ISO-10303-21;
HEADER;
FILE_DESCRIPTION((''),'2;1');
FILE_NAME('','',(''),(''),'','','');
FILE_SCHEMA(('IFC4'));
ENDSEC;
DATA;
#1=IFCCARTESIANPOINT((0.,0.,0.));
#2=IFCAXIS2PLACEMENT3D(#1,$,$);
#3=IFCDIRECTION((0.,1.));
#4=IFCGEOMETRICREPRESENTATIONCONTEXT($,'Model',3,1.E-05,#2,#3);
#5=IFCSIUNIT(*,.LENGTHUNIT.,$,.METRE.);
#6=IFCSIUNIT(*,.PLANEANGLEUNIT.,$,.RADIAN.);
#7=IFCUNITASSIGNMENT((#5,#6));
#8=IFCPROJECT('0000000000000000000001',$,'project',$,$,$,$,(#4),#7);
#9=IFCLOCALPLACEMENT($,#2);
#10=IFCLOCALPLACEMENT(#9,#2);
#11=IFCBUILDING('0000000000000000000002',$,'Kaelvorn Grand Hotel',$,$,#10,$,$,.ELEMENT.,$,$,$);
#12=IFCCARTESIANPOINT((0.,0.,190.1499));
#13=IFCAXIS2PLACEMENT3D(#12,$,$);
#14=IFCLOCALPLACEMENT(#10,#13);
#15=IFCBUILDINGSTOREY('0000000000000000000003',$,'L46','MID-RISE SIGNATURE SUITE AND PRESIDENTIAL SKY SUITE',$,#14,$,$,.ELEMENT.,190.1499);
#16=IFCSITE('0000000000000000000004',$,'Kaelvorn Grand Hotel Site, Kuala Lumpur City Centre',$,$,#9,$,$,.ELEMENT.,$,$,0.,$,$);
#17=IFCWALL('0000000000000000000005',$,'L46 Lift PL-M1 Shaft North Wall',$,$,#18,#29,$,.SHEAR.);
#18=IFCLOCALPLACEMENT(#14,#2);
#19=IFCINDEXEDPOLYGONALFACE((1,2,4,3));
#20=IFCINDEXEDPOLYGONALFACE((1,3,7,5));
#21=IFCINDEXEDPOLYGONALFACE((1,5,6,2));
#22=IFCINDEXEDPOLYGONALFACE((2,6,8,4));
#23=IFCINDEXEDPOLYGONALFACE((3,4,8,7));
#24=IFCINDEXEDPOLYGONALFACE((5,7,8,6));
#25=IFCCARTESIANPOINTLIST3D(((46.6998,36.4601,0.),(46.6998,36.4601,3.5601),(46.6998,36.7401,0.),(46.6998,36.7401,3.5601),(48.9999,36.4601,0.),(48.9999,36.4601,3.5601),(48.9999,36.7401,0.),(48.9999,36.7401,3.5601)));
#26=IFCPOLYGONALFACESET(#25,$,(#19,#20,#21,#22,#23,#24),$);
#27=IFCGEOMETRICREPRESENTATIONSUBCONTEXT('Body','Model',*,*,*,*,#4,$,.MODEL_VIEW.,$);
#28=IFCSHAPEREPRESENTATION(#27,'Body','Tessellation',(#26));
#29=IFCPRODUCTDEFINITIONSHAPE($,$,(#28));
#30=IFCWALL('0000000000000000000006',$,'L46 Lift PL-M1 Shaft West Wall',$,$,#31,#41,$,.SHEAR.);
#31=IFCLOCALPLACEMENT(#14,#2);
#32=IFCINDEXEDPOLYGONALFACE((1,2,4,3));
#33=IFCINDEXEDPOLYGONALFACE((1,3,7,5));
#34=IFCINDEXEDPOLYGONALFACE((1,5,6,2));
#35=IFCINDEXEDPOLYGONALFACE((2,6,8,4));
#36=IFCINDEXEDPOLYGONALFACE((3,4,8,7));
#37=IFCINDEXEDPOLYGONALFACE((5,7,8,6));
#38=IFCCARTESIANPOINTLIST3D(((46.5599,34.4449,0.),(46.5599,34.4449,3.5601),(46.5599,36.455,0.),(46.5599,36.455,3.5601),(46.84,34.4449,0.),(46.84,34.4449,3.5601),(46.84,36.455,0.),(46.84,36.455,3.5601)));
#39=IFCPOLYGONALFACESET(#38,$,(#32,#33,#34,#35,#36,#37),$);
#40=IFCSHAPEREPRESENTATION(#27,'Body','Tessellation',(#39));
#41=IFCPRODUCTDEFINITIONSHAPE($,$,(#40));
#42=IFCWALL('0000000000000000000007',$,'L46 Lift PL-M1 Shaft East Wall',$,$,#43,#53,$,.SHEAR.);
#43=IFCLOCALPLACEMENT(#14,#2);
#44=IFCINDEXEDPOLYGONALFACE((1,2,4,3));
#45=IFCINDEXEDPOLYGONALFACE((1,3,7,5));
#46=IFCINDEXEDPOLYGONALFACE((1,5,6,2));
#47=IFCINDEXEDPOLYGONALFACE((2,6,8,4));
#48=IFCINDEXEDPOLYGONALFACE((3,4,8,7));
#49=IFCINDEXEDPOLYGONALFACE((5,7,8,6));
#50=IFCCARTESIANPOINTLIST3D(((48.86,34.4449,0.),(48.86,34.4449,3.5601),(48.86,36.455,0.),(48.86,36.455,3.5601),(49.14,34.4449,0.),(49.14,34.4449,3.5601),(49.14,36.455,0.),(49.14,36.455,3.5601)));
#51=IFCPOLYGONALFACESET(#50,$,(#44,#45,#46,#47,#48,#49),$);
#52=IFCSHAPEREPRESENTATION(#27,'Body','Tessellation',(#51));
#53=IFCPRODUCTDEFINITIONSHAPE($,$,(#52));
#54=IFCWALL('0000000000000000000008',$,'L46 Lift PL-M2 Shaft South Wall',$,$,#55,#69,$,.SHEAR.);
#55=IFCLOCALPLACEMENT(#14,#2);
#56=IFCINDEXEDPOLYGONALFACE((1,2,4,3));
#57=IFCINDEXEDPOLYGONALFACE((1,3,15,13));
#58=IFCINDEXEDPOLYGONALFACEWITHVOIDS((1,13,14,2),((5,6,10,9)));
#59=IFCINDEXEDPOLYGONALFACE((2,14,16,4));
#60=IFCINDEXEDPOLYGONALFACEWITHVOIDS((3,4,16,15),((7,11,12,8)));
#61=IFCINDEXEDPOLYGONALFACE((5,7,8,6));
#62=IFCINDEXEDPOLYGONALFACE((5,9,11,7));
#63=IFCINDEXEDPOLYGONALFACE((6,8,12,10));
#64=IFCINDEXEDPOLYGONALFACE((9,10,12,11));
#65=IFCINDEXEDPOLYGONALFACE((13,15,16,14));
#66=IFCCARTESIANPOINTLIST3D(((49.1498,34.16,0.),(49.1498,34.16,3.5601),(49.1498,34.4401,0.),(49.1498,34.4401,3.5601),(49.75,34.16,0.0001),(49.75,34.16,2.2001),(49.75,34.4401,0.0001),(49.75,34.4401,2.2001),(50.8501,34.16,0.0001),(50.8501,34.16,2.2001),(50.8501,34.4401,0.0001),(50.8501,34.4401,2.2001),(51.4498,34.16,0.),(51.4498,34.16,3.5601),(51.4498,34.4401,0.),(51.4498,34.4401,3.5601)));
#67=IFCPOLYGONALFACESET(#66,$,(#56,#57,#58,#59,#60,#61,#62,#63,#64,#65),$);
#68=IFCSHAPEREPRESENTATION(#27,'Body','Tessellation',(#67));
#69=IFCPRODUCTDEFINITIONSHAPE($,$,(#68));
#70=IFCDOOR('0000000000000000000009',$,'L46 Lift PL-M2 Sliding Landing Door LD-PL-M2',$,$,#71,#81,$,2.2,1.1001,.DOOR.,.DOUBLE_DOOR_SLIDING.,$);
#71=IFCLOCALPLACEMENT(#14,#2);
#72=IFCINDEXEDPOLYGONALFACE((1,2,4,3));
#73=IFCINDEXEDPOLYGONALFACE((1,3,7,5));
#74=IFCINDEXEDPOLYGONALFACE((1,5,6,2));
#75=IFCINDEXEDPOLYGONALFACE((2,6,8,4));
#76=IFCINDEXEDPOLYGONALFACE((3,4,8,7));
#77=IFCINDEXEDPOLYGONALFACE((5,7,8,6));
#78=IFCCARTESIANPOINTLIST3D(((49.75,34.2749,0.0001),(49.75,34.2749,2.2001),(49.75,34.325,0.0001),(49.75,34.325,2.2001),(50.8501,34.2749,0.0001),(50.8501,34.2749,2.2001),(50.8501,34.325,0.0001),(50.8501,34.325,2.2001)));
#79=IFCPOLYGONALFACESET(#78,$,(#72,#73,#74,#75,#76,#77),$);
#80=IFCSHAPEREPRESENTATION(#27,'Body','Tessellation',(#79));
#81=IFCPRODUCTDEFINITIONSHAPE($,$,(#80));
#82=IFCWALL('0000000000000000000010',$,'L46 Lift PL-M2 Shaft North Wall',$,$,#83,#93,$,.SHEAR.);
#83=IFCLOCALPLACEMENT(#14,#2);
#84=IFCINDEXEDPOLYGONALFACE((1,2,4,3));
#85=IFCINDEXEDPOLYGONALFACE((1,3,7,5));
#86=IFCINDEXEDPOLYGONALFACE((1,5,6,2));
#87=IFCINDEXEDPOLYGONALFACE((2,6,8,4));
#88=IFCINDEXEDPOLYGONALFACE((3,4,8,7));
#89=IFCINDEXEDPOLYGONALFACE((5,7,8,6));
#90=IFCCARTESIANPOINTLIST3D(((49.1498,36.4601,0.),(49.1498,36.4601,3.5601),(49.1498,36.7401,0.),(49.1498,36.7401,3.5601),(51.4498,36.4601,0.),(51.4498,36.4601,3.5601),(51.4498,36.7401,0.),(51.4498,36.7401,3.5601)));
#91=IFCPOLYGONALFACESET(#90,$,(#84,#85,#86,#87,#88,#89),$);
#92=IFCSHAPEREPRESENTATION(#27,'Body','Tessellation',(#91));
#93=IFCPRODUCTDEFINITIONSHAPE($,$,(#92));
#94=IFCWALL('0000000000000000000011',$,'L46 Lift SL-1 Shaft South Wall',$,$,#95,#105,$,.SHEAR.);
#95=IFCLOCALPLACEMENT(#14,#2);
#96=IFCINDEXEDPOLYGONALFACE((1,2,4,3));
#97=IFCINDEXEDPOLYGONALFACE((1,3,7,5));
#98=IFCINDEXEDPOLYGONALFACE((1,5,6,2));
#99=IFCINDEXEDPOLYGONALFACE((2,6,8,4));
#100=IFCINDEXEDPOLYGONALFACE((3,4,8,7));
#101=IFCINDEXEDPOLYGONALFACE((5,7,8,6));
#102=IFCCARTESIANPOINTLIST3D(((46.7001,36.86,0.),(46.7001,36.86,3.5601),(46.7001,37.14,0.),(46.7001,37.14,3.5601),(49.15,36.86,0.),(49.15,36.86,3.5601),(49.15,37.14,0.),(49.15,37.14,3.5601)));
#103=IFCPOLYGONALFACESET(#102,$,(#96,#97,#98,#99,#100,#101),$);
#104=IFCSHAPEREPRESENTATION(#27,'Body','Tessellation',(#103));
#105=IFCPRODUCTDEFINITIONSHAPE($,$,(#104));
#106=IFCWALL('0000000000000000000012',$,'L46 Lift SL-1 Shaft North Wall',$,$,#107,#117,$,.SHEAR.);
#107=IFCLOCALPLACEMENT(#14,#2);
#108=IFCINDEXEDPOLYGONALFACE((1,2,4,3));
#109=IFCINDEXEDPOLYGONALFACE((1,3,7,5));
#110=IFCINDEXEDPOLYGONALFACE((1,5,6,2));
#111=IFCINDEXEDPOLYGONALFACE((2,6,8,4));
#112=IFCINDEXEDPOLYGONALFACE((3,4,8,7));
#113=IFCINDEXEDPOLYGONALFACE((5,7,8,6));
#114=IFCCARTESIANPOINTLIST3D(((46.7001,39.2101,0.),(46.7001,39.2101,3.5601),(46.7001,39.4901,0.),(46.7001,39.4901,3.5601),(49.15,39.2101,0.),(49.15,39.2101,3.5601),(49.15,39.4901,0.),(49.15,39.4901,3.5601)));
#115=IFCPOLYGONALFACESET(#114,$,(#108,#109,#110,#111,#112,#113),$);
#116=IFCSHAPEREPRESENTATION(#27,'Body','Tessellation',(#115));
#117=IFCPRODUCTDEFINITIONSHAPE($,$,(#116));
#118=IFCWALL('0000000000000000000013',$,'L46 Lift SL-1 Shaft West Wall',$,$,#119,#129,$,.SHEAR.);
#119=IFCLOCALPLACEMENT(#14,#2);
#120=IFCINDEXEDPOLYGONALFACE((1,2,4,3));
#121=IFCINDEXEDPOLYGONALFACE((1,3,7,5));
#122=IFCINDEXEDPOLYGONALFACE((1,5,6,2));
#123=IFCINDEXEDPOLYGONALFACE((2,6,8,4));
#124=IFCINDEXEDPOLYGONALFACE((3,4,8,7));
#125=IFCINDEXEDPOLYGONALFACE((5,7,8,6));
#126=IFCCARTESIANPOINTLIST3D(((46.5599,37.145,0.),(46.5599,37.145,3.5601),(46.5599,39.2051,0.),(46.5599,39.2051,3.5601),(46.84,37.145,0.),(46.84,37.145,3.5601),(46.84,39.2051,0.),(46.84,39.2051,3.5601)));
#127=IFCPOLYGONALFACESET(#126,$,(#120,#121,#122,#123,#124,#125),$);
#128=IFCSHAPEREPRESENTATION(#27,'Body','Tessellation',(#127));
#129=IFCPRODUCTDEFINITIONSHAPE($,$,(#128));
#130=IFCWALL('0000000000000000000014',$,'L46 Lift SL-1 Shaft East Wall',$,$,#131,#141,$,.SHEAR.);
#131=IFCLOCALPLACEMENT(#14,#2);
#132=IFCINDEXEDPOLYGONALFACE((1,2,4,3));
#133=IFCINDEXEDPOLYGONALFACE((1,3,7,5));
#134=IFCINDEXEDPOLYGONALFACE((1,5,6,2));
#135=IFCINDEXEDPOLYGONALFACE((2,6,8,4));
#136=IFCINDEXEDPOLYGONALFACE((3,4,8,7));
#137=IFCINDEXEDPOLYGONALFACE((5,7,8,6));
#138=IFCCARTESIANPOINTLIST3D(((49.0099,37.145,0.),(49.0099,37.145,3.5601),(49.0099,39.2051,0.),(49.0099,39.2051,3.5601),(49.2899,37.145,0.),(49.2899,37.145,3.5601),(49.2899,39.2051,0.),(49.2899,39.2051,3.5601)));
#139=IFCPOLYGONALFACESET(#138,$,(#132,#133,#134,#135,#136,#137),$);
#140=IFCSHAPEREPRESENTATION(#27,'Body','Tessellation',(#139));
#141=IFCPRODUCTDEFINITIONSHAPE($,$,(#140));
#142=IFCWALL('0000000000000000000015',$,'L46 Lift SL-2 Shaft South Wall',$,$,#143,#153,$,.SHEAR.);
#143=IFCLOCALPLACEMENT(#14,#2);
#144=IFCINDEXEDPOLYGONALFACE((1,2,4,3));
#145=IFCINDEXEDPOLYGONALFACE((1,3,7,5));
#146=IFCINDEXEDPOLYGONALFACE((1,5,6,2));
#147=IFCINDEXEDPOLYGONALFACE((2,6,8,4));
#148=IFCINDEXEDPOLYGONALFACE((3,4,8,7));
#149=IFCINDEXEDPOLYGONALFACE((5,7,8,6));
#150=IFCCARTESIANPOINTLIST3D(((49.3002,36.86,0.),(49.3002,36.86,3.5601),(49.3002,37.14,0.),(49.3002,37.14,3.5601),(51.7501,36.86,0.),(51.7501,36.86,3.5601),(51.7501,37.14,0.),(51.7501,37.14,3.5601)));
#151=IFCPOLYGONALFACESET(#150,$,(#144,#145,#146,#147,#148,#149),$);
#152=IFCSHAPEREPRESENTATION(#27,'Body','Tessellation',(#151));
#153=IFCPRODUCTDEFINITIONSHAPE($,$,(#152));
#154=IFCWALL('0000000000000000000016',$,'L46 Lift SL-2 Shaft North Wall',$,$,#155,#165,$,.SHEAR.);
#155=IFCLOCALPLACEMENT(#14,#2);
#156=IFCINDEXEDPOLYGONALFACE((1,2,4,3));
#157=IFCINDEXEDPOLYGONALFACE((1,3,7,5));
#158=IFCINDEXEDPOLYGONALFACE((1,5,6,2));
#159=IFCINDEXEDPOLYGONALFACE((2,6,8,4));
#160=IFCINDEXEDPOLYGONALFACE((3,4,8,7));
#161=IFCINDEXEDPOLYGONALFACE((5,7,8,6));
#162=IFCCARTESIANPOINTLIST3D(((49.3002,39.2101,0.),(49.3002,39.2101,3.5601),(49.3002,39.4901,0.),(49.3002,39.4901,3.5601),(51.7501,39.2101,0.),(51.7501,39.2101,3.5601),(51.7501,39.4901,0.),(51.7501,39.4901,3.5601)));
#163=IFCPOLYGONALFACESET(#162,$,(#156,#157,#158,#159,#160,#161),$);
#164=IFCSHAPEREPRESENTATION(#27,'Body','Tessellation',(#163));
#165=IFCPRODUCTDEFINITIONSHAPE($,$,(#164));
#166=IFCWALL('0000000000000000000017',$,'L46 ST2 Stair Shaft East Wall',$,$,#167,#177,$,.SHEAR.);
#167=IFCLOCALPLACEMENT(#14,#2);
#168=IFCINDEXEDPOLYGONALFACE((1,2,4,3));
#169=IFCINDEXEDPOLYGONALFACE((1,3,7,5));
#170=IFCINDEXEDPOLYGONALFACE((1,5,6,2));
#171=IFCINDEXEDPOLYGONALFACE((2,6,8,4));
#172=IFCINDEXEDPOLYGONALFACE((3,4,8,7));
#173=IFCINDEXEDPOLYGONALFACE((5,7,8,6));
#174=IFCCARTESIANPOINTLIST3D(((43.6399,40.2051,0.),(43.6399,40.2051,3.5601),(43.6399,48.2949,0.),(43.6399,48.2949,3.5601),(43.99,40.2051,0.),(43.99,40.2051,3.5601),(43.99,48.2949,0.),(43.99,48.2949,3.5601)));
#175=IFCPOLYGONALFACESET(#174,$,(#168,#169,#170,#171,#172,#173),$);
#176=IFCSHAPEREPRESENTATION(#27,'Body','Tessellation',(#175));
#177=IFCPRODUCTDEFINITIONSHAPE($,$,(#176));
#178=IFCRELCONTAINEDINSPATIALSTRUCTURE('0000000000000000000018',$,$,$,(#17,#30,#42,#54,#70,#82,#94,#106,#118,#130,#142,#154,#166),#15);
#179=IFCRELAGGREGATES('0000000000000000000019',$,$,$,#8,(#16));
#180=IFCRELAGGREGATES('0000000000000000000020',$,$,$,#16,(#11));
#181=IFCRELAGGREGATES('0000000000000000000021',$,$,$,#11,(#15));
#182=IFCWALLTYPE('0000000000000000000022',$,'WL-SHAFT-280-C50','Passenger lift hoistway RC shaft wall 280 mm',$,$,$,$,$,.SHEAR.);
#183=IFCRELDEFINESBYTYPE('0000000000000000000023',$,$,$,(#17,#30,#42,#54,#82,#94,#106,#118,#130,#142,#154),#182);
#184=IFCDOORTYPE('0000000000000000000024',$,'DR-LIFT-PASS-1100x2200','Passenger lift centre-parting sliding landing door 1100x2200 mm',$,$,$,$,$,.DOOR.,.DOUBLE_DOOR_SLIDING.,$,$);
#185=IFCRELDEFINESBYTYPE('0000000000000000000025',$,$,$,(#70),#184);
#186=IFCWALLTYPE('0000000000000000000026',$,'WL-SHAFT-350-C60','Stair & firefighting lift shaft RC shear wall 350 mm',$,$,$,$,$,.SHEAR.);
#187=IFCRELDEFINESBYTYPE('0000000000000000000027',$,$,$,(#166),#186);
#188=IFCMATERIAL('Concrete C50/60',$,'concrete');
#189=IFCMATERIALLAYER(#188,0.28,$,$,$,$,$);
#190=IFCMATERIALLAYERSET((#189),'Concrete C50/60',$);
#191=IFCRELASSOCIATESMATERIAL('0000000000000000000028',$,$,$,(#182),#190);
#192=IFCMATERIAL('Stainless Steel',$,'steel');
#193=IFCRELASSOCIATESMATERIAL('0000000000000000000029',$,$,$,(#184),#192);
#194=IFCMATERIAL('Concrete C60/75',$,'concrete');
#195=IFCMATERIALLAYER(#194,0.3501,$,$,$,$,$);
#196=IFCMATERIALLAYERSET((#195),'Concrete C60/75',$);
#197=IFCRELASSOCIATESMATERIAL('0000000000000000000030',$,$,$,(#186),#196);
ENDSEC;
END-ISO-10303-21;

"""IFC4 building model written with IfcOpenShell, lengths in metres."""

from ifc_helpers import new_model, si_unit, direction, frame, frame_2d, origin, place, context, subcontext, project, spatial, rectangle, extrude, material, layer, layer_set, type_object, element, fill, save


model = new_model("IFC4")

# Units and contexts
model_context = context("Model", 3, precision=1e-05, world=origin(), true_north=direction((0.0, 1.0)))
body_context = subcontext(model_context, "Body", "Model", "MODEL_VIEW")
ifc_project = project(units=[si_unit("LENGTHUNIT", "METRE"), si_unit("PLANEANGLEUNIT", "RADIAN")], contexts=[model_context])

# Site, building, storey
site_placement = place(None, origin())
site = spatial("IfcSite", under=ifc_project, at=site_placement, Name="Kaelvorn Grand Hotel Site, Kuala Lumpur City Centre", CompositionType="ELEMENT", RefElevation=0.0)
building_placement = place(site_placement, origin())
building = spatial("IfcBuilding", under=site, at=building_placement, Name="Kaelvorn Grand Hotel", CompositionType="ELEMENT")
storey_placement = place(building_placement, frame((0.0, 0.0, 190.1499)))
storey = spatial("IfcBuildingStorey", under=building, at=storey_placement, Name="L46", Description="MID-RISE SIGNATURE SUITE AND PRESIDENTIAL SKY SUITE", CompositionType="ELEMENT", Elevation=190.1499)

# Shared definitions
ifc_material_1 = material(Name="Concrete C60/75", Category="concrete")

# Shared definitions
ifc_material_2 = material(Name="Concrete C50/60", Category="concrete")

# Shared definitions
ifc_layer_1 = layer(ifc_material_2, 0.28)
ifc_layer_set_1 = layer_set([ifc_layer_1], Name="Concrete C50/60")
wall_type_1 = type_object("IfcWallType", Name="WL-SHAFT-280-C50", Description="Passenger lift hoistway RC shaft wall 280 mm", PredefinedType="SHEAR", material=ifc_layer_set_1)
ifc_material_3 = material(Name="Stainless Steel", Category="steel")
door_type_1 = type_object("IfcDoorType", Name="DR-LIFT-PASS-1100x2200", Description="Passenger lift centre-parting sliding landing door 1100x2200 mm", OperationType="DOUBLE_DOOR_SLIDING", PredefinedType="DOOR", material=ifc_material_3)

# Walls
wall_1_placement = place(storey_placement, frame((46.7, 36.6001, 0.0), z_axis=(0.0, 0.0, 1.0), x_axis=(1.0, 0.0, 0.0)))
element("IfcWall", 1, at=wall_1_placement, inside=storey, type_object=wall_type_1, Name="L46 Lift PL-M1 Shaft North Wall", PredefinedType="SHEAR", context=body_context, shape_type="SweptSolid", body=[
    extrude(rectangle(XDim=2.3, YDim=0.28, at=frame_2d((1.1499, 0.0))), origin(), (0.0, 0.0, 1.0), 3.5601),
])
for number, where, z_axis, x_axis, name in (
    (2, (46.7, 34.4451, 0.0), (0.0, 0.0, 1.0), (0.0, 1.0, 0.0), "L46 Lift PL-M1 Shaft West Wall"),
    (3, (49.0, 34.4451, 0.0), (0.0, 0.0, 1.0), (0.0, 1.0, 0.0), "L46 Lift PL-M1 Shaft East Wall"),
):
    element("IfcWall", number, at=place(storey_placement, frame(where, z_axis=z_axis, x_axis=x_axis)), inside=storey, type_object=wall_type_1, Name=name, PredefinedType="SHEAR", context=body_context, shape_type="SweptSolid", body=[
        extrude(rectangle(XDim=2.01, YDim=0.28, at=frame_2d((1.0049, 0.0))), origin(), (0.0, 0.0, 1.0), 3.5601),
    ])

# Wall, opening, door
wall_2_placement = place(storey_placement, frame((49.1499, 34.3, 0.0), z_axis=(0.0, 0.0, 1.0), x_axis=(1.0, 0.0, 0.0)))
wall_2 = element("IfcWall", 4, at=wall_2_placement, inside=storey, type_object=wall_type_1, Name="L46 Lift PL-M2 Shaft South Wall", PredefinedType="SHEAR", context=body_context, shape_type="SweptSolid", body=[
    extrude(rectangle(XDim=2.3, YDim=0.28, at=frame_2d((1.1499, 0.0))), origin(), (0.0, 0.0, 1.0), 3.5601),
])
opening_1_placement = place(wall_2_placement, frame((0.6001, 0.0, 0.0)))
opening_1 = element("IfcOpeningElement", 5, at=opening_1_placement, cuts=wall_2, PredefinedType="OPENING", context=body_context, shape_type="SweptSolid", body=[
    extrude(rectangle(XDim=1.1001, YDim=2.2, at=frame_2d((0.55, 1.1001))), frame((0.0, 0.1499, 0.0), z_axis=(0.0, -1.0, 0.0), x_axis=(1.0, 0.0, 0.0)), (0.0, 0.0, 1.0), 0.3),
])
door_1_placement = place(opening_1_placement, origin())
door_1 = element("IfcDoor", 6, at=door_1_placement, inside=storey, type_object=door_type_1, Name="L46 Lift PL-M2 Sliding Landing Door LD-PL-M2", OperationType="DOUBLE_DOOR_SLIDING", OverallHeight=2.2, OverallWidth=1.1001, PredefinedType="DOOR", context=body_context, shape_type="SweptSolid", body=[
    extrude(rectangle(XDim=1.1001, YDim=2.2, at=frame_2d((0.55, 1.1001))), frame((0.0, 0.0249, 0.0), z_axis=(0.0, -1.0, 0.0), x_axis=(1.0, 0.0, 0.0)), (0.0, 0.0, 1.0), 0.05),
])
fill(opening_1, door_1)

# Walls
wall_3_placement = place(storey_placement, frame((49.1499, 36.6001, 0.0), z_axis=(0.0, 0.0, 1.0), x_axis=(1.0, 0.0, 0.0)))
element("IfcWall", 7, at=wall_3_placement, inside=storey, type_object=wall_type_1, Name="L46 Lift PL-M2 Shaft North Wall", PredefinedType="SHEAR", context=body_context, shape_type="SweptSolid", body=[
    extrude(rectangle(XDim=2.3, YDim=0.28, at=frame_2d((1.1499, 0.0))), origin(), (0.0, 0.0, 1.0), 3.5601),
])
for number, where, z_axis, x_axis, name in (
    (8, (46.7, 37.0, 0.0), (0.0, 0.0, 1.0), (1.0, 0.0, 0.0), "L46 Lift SL-1 Shaft South Wall"),
    (9, (46.7, 39.3501, 0.0), (0.0, 0.0, 1.0), (1.0, 0.0, 0.0), "L46 Lift SL-1 Shaft North Wall"),
):
    element("IfcWall", number, at=place(storey_placement, frame(where, z_axis=z_axis, x_axis=x_axis)), inside=storey, type_object=wall_type_1, Name=name, PredefinedType="SHEAR", context=body_context, shape_type="SweptSolid", body=[
        extrude(rectangle(XDim=2.45, YDim=0.28, at=frame_2d((1.2251, 0.0))), origin(), (0.0, 0.0, 1.0), 3.5601),
    ])
for number, where, z_axis, x_axis, name in (
    (10, (46.7, 37.145, 0.0), (0.0, 0.0, 1.0), (0.0, 1.0, 0.0), "L46 Lift SL-1 Shaft West Wall"),
    (11, (49.1499, 37.145, 0.0), (0.0, 0.0, 1.0), (0.0, 1.0, 0.0), "L46 Lift SL-1 Shaft East Wall"),
):
    element("IfcWall", number, at=place(storey_placement, frame(where, z_axis=z_axis, x_axis=x_axis)), inside=storey, type_object=wall_type_1, Name=name, PredefinedType="SHEAR", context=body_context, shape_type="SweptSolid", body=[
        extrude(rectangle(XDim=2.0601, YDim=0.28, at=frame_2d((1.03, 0.0))), origin(), (0.0, 0.0, 1.0), 3.5601),
    ])
for number, where, z_axis, x_axis, name in (
    (12, (49.3, 37.0, 0.0), (0.0, 0.0, 1.0), (1.0, 0.0, 0.0), "L46 Lift SL-2 Shaft South Wall"),
    (13, (49.3, 39.3501, 0.0), (0.0, 0.0, 1.0), (1.0, 0.0, 0.0), "L46 Lift SL-2 Shaft North Wall"),
):
    element("IfcWall", number, at=place(storey_placement, frame(where, z_axis=z_axis, x_axis=x_axis)), inside=storey, type_object=wall_type_1, Name=name, PredefinedType="SHEAR", context=body_context, shape_type="SweptSolid", body=[
        extrude(rectangle(XDim=2.45, YDim=0.28, at=frame_2d((1.2251, 0.0))), origin(), (0.0, 0.0, 1.0), 3.5601),
    ])
ifc_layer_2 = layer(ifc_material_1, 0.3501)
ifc_layer_set_2 = layer_set([ifc_layer_2], Name="Concrete C60/75")
wall_type_2 = type_object("IfcWallType", Name="WL-SHAFT-350-C60", Description="Stair & firefighting lift shaft RC shear wall 350 mm", PredefinedType="SHEAR", material=ifc_layer_set_2)
wall_4_placement = place(storey_placement, frame((43.8149, 40.2051, 0.0), z_axis=(0.0, 0.0, 1.0), x_axis=(0.0, 1.0, 0.0)))
element("IfcWall", 14, at=wall_4_placement, inside=storey, type_object=wall_type_2, Name="L46 ST2 Stair Shaft East Wall", PredefinedType="SHEAR", context=body_context, shape_type="SweptSolid", body=[
    extrude(rectangle(XDim=8.0898, YDim=0.3501, at=frame_2d((4.0449, 0.0))), origin(), (0.0, 0.0, 1.0), 3.5601),
])

save(model, "model.ifc")
